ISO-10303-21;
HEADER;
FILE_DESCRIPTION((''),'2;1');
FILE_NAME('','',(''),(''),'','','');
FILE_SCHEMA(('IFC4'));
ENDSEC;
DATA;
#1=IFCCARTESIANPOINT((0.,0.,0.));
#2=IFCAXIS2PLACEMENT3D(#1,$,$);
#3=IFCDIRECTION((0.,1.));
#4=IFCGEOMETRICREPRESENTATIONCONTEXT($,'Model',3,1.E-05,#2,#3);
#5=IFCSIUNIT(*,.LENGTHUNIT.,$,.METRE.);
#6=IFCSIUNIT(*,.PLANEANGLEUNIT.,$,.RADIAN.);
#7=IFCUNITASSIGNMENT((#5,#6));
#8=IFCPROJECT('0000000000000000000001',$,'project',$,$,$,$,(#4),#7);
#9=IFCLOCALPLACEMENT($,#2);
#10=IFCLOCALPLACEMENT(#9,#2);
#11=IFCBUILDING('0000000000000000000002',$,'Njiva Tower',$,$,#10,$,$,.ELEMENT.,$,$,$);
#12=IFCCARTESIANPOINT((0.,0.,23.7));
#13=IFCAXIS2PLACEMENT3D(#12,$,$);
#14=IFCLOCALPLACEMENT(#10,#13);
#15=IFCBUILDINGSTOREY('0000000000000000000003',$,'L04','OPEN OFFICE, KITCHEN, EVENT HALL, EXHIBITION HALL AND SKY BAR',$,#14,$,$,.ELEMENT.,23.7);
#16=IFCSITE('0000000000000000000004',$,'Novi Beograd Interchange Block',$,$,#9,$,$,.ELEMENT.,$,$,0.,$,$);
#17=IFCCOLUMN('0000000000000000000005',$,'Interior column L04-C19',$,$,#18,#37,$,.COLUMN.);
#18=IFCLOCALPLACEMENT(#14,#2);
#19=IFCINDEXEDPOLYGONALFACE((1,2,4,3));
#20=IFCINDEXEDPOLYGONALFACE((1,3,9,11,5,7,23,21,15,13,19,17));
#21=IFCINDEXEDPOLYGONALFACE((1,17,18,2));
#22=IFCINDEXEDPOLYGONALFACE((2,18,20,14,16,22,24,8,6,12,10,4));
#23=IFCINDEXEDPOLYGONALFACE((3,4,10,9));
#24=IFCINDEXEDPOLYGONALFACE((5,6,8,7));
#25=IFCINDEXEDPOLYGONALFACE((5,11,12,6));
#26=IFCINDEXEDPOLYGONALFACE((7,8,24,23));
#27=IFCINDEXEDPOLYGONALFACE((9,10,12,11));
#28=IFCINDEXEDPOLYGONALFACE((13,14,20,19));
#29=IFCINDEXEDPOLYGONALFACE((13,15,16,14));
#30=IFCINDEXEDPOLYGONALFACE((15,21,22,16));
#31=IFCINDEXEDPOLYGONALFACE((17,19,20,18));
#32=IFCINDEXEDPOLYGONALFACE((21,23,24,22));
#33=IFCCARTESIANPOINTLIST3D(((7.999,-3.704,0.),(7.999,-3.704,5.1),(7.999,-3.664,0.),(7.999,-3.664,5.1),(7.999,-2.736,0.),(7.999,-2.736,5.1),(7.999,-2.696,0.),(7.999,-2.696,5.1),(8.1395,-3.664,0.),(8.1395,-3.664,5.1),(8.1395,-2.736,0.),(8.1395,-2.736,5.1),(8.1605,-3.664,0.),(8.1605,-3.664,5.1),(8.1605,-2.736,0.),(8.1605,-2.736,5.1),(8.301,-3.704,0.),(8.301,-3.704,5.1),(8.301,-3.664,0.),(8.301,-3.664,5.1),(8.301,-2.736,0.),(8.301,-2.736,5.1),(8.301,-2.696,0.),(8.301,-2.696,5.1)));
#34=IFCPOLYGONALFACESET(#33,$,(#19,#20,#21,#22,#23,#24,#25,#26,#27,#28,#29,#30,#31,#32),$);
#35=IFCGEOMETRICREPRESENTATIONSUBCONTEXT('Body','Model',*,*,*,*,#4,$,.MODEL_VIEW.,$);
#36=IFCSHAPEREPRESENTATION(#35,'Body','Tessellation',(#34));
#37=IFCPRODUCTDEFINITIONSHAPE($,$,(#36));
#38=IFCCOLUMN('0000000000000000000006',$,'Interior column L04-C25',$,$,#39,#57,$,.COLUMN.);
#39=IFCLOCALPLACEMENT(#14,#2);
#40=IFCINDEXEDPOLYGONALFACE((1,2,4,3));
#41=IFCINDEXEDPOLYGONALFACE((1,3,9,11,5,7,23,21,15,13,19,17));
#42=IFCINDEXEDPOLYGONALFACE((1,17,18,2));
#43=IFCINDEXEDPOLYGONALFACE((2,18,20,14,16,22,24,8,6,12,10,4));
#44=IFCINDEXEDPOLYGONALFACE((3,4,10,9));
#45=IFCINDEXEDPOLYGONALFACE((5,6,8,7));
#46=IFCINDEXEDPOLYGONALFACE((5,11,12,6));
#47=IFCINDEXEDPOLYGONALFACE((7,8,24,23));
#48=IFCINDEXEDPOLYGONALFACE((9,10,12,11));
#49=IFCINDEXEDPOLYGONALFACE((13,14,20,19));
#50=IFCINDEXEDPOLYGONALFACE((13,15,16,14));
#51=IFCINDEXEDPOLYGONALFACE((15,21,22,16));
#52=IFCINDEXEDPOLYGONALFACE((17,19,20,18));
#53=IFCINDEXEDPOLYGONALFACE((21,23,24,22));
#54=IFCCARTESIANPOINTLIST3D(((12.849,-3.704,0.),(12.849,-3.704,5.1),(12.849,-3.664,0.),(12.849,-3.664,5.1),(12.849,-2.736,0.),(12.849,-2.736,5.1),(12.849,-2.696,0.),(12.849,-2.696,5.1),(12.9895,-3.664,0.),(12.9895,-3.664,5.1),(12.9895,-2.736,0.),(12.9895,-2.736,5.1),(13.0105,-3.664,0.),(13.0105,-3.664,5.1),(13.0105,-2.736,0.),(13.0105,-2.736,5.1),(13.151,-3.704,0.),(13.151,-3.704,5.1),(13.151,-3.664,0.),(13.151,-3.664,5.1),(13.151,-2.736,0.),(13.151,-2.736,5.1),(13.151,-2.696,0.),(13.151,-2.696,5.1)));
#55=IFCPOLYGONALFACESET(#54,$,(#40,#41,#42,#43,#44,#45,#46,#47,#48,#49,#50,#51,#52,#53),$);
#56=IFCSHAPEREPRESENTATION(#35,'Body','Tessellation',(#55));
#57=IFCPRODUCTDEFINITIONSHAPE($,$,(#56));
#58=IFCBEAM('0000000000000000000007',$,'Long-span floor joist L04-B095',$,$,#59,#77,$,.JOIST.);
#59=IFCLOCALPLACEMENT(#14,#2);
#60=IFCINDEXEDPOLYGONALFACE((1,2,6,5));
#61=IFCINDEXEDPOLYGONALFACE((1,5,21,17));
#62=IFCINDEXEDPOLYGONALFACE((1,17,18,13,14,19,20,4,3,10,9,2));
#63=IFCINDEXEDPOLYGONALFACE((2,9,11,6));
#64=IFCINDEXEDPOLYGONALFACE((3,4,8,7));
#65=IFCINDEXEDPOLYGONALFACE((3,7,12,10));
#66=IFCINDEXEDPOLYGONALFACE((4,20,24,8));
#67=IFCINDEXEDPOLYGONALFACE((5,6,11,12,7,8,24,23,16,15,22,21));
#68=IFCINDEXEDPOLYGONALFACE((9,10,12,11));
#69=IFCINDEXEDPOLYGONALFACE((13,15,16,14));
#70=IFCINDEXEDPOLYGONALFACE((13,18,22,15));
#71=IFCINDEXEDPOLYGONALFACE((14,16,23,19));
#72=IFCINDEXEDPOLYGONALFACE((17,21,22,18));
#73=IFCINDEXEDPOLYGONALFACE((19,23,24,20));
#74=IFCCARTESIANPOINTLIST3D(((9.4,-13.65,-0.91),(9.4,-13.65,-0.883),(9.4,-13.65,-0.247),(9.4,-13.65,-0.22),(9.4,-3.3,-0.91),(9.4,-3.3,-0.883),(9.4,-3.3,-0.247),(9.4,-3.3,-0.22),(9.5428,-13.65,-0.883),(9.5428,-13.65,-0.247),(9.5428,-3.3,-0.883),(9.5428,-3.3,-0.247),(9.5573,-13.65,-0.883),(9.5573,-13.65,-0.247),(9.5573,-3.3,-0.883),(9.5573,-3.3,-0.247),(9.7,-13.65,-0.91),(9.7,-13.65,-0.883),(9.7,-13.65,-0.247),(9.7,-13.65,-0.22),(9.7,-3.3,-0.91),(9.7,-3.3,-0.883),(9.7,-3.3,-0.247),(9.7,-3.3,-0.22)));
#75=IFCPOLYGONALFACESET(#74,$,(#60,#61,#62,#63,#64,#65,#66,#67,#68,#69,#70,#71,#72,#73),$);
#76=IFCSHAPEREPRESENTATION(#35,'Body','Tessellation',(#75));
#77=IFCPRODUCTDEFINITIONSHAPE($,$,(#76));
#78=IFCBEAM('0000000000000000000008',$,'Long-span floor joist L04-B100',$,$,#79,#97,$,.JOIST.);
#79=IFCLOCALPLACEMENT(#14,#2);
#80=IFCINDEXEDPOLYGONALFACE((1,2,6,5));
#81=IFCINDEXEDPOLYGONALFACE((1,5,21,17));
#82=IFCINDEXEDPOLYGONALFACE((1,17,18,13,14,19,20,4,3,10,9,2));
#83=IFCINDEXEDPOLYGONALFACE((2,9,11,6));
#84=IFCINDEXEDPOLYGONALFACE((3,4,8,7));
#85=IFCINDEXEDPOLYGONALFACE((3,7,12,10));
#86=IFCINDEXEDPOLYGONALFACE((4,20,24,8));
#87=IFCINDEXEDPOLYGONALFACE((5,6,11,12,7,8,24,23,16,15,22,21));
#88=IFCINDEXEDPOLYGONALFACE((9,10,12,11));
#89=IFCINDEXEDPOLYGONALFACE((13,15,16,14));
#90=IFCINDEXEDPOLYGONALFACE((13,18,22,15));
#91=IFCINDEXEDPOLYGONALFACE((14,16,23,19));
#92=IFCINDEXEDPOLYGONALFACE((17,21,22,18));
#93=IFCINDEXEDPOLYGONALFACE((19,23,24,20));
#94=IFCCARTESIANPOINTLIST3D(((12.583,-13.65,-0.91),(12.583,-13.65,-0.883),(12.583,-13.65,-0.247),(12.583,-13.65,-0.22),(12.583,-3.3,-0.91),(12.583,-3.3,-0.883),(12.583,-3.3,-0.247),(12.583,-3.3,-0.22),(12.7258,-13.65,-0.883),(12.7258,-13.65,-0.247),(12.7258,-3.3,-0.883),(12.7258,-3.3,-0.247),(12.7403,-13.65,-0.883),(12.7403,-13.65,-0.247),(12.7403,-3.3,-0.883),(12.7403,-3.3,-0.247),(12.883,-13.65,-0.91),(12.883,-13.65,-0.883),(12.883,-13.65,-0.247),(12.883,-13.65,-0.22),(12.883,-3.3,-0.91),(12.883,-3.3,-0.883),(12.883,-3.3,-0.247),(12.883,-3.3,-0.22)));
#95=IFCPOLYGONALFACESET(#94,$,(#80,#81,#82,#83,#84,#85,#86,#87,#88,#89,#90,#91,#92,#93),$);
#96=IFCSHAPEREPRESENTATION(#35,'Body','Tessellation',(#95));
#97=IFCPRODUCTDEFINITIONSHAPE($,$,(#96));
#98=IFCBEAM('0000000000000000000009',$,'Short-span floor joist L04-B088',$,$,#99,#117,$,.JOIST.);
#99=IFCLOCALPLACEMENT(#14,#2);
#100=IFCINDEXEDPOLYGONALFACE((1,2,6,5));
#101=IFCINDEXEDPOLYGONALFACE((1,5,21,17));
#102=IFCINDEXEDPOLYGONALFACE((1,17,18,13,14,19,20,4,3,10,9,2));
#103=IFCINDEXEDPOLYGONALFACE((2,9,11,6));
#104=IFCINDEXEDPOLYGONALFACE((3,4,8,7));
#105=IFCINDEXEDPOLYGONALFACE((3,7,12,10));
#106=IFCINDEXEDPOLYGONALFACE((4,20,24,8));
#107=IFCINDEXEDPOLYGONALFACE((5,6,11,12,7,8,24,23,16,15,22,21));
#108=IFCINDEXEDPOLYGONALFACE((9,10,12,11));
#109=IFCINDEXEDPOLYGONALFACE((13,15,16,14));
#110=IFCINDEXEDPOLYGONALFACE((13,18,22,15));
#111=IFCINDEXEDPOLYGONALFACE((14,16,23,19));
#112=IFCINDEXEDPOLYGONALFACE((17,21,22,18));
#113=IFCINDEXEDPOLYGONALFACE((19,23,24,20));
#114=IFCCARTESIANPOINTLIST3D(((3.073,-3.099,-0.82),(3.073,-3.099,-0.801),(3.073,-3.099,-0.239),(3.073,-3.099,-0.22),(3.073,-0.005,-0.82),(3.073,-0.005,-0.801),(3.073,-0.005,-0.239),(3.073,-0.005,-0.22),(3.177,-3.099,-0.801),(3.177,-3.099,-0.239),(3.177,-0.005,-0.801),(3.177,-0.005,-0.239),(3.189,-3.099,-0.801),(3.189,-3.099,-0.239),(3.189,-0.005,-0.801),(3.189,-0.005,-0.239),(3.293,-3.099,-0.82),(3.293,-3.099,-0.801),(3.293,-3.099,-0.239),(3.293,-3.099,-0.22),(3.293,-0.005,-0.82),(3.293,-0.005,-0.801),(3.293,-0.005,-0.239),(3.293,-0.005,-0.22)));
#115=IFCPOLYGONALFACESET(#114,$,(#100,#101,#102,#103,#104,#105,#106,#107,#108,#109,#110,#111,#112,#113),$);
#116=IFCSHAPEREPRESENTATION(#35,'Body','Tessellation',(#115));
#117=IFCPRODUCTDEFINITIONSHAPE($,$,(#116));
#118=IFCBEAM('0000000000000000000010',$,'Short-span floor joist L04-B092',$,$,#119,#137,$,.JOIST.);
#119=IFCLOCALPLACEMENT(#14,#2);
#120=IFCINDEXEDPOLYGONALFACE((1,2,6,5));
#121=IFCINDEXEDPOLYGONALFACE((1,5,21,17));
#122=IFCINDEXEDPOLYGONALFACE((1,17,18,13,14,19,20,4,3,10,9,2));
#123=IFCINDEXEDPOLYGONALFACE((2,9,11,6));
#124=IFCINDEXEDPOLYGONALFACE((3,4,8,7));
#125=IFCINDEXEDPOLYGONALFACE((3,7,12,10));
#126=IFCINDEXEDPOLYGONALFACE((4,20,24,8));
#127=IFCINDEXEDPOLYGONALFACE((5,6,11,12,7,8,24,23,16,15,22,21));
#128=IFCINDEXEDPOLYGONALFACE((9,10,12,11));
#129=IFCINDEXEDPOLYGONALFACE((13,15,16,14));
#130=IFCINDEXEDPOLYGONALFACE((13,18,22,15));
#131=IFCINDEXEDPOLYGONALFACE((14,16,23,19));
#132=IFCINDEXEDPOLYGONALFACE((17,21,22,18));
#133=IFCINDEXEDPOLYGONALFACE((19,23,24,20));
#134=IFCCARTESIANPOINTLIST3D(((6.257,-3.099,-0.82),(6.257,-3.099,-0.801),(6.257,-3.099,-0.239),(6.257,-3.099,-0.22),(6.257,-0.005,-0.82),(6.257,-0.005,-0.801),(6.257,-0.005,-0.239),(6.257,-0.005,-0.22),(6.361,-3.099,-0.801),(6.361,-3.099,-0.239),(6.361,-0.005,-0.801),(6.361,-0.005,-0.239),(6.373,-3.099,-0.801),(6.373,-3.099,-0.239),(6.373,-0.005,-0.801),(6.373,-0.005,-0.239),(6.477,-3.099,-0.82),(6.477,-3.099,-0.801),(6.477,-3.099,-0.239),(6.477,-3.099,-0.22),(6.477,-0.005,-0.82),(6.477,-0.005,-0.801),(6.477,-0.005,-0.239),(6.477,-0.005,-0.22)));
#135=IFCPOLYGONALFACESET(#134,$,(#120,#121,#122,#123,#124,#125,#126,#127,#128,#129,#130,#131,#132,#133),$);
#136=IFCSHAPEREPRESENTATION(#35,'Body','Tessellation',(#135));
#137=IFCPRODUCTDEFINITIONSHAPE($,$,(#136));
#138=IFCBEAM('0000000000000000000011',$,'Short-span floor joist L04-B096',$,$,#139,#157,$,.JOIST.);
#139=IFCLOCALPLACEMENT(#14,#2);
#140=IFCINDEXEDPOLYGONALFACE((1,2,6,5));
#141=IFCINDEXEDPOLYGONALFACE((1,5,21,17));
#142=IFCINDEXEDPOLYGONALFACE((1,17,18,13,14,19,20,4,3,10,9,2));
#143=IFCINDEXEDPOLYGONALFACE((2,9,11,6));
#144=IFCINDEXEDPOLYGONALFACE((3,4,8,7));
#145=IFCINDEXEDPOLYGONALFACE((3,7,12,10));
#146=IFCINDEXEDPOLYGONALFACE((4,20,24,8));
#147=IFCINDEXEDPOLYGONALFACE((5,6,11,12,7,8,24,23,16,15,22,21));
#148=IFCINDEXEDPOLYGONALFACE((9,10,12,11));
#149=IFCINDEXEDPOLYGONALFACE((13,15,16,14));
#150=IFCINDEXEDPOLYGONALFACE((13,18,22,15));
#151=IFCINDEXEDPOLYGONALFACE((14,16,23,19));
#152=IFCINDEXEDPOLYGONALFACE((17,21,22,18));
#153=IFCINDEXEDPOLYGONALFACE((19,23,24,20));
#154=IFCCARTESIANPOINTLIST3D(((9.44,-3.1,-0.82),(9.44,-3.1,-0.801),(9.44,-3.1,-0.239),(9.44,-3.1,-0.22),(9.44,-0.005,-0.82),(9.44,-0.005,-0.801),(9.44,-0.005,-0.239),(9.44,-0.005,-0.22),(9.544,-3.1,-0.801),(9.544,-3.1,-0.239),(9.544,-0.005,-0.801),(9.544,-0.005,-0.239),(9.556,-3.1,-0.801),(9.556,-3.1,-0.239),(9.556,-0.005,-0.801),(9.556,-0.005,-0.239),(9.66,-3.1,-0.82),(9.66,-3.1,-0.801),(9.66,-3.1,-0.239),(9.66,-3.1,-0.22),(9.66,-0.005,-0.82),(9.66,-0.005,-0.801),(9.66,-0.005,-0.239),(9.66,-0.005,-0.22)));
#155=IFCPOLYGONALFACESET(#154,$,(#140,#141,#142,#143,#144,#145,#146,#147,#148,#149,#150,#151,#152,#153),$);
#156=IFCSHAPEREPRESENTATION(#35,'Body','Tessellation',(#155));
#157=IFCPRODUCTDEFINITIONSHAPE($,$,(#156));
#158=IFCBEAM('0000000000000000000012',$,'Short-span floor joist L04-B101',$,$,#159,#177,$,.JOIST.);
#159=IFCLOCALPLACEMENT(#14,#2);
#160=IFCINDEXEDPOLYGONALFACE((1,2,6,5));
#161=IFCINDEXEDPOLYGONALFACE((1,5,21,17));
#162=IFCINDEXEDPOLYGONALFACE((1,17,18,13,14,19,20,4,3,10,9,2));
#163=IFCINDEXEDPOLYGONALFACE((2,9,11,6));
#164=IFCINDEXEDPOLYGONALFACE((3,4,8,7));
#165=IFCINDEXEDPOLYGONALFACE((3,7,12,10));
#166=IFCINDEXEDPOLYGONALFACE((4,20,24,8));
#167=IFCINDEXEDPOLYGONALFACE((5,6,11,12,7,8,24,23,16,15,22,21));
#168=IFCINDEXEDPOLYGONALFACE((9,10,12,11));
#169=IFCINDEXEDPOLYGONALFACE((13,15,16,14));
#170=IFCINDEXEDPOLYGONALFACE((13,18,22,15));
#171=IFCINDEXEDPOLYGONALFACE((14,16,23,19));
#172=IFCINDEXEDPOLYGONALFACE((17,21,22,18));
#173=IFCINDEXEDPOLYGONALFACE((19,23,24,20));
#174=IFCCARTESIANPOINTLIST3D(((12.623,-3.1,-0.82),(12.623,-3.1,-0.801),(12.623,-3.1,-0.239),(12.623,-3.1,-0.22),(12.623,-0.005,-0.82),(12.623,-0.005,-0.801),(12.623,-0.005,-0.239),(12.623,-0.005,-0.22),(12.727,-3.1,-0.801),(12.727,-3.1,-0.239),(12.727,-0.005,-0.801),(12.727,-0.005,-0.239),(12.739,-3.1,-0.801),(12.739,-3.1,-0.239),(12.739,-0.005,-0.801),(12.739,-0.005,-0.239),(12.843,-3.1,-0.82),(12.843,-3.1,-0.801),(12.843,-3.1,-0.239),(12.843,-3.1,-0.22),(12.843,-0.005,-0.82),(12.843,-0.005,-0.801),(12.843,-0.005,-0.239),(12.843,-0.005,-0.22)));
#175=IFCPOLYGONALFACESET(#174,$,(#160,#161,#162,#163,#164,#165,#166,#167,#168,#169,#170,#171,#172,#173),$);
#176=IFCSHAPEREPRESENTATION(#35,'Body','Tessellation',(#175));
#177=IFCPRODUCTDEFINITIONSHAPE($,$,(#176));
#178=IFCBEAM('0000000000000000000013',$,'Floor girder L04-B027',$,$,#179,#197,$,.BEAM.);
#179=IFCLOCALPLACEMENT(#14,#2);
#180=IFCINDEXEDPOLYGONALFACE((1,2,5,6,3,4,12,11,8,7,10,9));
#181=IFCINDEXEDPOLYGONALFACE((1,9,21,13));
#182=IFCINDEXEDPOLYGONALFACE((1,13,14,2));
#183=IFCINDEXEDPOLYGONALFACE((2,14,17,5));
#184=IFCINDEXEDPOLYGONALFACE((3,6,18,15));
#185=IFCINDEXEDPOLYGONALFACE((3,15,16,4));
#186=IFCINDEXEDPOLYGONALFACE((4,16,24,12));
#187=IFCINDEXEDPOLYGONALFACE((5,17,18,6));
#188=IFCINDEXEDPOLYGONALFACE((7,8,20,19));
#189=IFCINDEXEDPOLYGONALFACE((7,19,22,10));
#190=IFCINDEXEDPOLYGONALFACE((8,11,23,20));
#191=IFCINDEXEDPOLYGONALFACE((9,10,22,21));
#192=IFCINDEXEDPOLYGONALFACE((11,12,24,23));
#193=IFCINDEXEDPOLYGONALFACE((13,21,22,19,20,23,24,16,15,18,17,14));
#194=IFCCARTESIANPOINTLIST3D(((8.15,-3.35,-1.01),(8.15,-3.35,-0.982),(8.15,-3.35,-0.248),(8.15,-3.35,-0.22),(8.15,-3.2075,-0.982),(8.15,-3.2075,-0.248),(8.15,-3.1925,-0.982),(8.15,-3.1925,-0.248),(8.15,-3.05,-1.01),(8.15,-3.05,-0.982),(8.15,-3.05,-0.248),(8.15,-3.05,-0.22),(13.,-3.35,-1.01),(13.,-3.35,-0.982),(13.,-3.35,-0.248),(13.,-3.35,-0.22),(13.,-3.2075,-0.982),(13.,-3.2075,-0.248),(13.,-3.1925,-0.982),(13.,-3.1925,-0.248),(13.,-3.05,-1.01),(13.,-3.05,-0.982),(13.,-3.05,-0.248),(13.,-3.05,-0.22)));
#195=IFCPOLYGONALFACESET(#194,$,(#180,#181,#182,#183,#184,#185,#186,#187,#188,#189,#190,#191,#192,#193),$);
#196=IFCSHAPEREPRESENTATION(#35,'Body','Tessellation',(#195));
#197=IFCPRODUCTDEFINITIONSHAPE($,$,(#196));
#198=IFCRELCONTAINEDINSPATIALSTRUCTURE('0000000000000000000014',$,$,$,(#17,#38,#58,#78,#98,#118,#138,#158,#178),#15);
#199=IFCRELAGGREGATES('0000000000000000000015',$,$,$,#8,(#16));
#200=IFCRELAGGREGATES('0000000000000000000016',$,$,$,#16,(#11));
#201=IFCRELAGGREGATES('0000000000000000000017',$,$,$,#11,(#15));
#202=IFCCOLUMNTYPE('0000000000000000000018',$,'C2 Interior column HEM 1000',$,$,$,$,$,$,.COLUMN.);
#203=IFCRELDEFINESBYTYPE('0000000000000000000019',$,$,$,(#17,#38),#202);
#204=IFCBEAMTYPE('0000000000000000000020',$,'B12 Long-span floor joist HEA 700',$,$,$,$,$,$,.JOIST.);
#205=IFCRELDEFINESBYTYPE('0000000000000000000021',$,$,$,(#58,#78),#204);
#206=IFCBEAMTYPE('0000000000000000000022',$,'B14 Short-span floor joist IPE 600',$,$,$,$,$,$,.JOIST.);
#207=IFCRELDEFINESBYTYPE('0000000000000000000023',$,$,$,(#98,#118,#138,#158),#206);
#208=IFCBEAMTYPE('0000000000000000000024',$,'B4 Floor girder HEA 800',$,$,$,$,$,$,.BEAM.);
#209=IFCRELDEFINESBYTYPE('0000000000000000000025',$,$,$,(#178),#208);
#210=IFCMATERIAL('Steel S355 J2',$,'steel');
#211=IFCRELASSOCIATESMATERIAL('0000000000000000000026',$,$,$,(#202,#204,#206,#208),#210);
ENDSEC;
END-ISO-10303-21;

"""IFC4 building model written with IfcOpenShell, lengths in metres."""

from ifc_helpers import new_model, si_unit, direction, frame, origin, origin_2d, place, context, subcontext, project, spatial, i_section, extrude, material, material_profile, profile_set, type_object, element, save


model = new_model("IFC4")

# Units and contexts
model_context = context("Model", 3, precision=1e-05, world=origin(), true_north=direction((0.0, 1.0)))
body_context = subcontext(model_context, "Body", "Model", "MODEL_VIEW")
ifc_project = project(units=[si_unit("LENGTHUNIT", "METRE"), si_unit("PLANEANGLEUNIT", "RADIAN")], contexts=[model_context])

# Site, building, storey
site_placement = place(None, origin())
site = spatial("IfcSite", under=ifc_project, at=site_placement, Name="Novi Beograd Interchange Block", CompositionType="ELEMENT", RefElevation=0.0)
building_placement = place(site_placement, origin())
building = spatial("IfcBuilding", under=site, at=building_placement, Name="Njiva Tower", CompositionType="ELEMENT")
storey_placement = place(building_placement, frame((0.0, 0.0, 23.7)))
storey = spatial("IfcBuildingStorey", under=building, at=storey_placement, Name="L04", Description="OPEN OFFICE, KITCHEN, EVENT HALL, EXHIBITION HALL AND SKY BAR", CompositionType="ELEMENT", Elevation=23.7)

# Columns
ifc_material_1 = material(Name="Steel S355 J2", Category="steel")
ifc_material_profile_1 = material_profile(ifc_material_1, i_section(OverallWidth=0.302, OverallDepth=1.008, WebThickness=0.021, FlangeThickness=0.04, at=origin_2d()), Name="HEM 1000")
ifc_profile_set_1 = profile_set([ifc_material_profile_1], Name="Steel S355 J2")
column_type = type_object("IfcColumnType", Name="C2 Interior column HEM 1000", PredefinedType="COLUMN", material=ifc_profile_set_1)
for number, where, z_axis, x_axis, name in (
    (1, (8.15, -3.2, 0.0), (0.0, 0.0, 1.0), (1.0, 0.0, 0.0), "Interior column L04-C19"),
    (2, (13.0, -3.2, 0.0), (0.0, 0.0, 1.0), (1.0, 0.0, 0.0), "Interior column L04-C25"),
):
    element("IfcColumn", number, at=place(storey_placement, frame(where, z_axis=z_axis, x_axis=x_axis)), inside=storey, type_object=column_type, Name=name, PredefinedType="COLUMN", context=body_context, shape_type="SweptSolid", body=[
        extrude(i_section(OverallWidth=0.302, OverallDepth=1.008, WebThickness=0.021, FlangeThickness=0.04, at=origin_2d()), origin(), (0.0, 0.0, 1.0), 5.1),
    ])

# Beams
ifc_material_profile_2 = material_profile(ifc_material_1, i_section(OverallWidth=0.3, OverallDepth=0.69, WebThickness=0.0145, FlangeThickness=0.027, at=origin_2d()), Name="HEA 700")
ifc_profile_set_2 = profile_set([ifc_material_profile_2], Name="Steel S355 J2")
beam_type_1 = type_object("IfcBeamType", Name="B12 Long-span floor joist HEA 700", PredefinedType="JOIST", material=ifc_profile_set_2)
for number, where, z_axis, x_axis, name in (
    (3, (9.55, -3.3, -0.565), (0.0, -1.0, 0.0), (1.0, 0.0, 0.0), "Long-span floor joist L04-B095"),
    (4, (12.733, -3.3, -0.565), (0.0, -1.0, 0.0), (1.0, 0.0, 0.0), "Long-span floor joist L04-B100"),
):
    element("IfcBeam", number, at=place(storey_placement, frame(where, z_axis=z_axis, x_axis=x_axis)), inside=storey, type_object=beam_type_1, Name=name, PredefinedType="JOIST", context=body_context, shape_type="SweptSolid", body=[
        extrude(i_section(OverallWidth=0.3, OverallDepth=0.69, WebThickness=0.0145, FlangeThickness=0.027, at=origin_2d()), origin(), (0.0, 0.0, 1.0), 10.35),
    ])
ifc_material_profile_3 = material_profile(ifc_material_1, i_section(OverallWidth=0.22, OverallDepth=0.6, WebThickness=0.012, FlangeThickness=0.019, at=origin_2d()), Name="IPE 600")
ifc_profile_set_3 = profile_set([ifc_material_profile_3], Name="Steel S355 J2")
beam_type_2 = type_object("IfcBeamType", Name="B14 Short-span floor joist IPE 600", PredefinedType="JOIST", material=ifc_profile_set_3)
for number, where, z_axis, x_axis, name in (
    (5, (3.183, -0.005, -0.52), (0.0, -1.0, 0.0), (1.0, 0.0, 0.0), "Short-span floor joist L04-B088"),
    (6, (6.367, -0.005, -0.52), (0.0, -1.0, 0.0), (1.0, 0.0, 0.0), "Short-span floor joist L04-B092"),
):
    element("IfcBeam", number, at=place(storey_placement, frame(where, z_axis=z_axis, x_axis=x_axis)), inside=storey, type_object=beam_type_2, Name=name, PredefinedType="JOIST", context=body_context, shape_type="SweptSolid", body=[
        extrude(i_section(OverallWidth=0.22, OverallDepth=0.6, WebThickness=0.012, FlangeThickness=0.019, at=origin_2d()), origin(), (0.0, 0.0, 1.0), 3.094),
    ])
for number, where, z_axis, x_axis, name in (
    (7, (9.55, -0.005, -0.52), (0.0, -1.0, 0.0), (1.0, 0.0, 0.0), "Short-span floor joist L04-B096"),
    (8, (12.733, -0.005, -0.52), (0.0, -1.0, 0.0), (1.0, 0.0, 0.0), "Short-span floor joist L04-B101"),
):
    element("IfcBeam", number, at=place(storey_placement, frame(where, z_axis=z_axis, x_axis=x_axis)), inside=storey, type_object=beam_type_2, Name=name, PredefinedType="JOIST", context=body_context, shape_type="SweptSolid", body=[
        extrude(i_section(OverallWidth=0.22, OverallDepth=0.6, WebThickness=0.012, FlangeThickness=0.019, at=origin_2d()), origin(), (0.0, 0.0, 1.0), 3.095),
    ])
ifc_material_profile_4 = material_profile(ifc_material_1, i_section(OverallWidth=0.3, OverallDepth=0.79, WebThickness=0.015, FlangeThickness=0.028, at=origin_2d()), Name="HEA 800")
ifc_profile_set_4 = profile_set([ifc_material_profile_4], Name="Steel S355 J2")
beam_type_3 = type_object("IfcBeamType", Name="B4 Floor girder HEA 800", PredefinedType="BEAM", material=ifc_profile_set_4)
beam_1_placement = place(storey_placement, frame((8.15, -3.2, -0.615), z_axis=(1.0, 0.0, 0.0), x_axis=(0.0, 1.0, 0.0)))
element("IfcBeam", 9, at=beam_1_placement, inside=storey, type_object=beam_type_3, Name="Floor girder L04-B027", PredefinedType="BEAM", context=body_context, shape_type="SweptSolid", body=[
    extrude(i_section(OverallWidth=0.3, OverallDepth=0.79, WebThickness=0.015, FlangeThickness=0.028, at=origin_2d()), origin(), (0.0, 0.0, 1.0), 4.85),
])

save(model, "model.ifc")
